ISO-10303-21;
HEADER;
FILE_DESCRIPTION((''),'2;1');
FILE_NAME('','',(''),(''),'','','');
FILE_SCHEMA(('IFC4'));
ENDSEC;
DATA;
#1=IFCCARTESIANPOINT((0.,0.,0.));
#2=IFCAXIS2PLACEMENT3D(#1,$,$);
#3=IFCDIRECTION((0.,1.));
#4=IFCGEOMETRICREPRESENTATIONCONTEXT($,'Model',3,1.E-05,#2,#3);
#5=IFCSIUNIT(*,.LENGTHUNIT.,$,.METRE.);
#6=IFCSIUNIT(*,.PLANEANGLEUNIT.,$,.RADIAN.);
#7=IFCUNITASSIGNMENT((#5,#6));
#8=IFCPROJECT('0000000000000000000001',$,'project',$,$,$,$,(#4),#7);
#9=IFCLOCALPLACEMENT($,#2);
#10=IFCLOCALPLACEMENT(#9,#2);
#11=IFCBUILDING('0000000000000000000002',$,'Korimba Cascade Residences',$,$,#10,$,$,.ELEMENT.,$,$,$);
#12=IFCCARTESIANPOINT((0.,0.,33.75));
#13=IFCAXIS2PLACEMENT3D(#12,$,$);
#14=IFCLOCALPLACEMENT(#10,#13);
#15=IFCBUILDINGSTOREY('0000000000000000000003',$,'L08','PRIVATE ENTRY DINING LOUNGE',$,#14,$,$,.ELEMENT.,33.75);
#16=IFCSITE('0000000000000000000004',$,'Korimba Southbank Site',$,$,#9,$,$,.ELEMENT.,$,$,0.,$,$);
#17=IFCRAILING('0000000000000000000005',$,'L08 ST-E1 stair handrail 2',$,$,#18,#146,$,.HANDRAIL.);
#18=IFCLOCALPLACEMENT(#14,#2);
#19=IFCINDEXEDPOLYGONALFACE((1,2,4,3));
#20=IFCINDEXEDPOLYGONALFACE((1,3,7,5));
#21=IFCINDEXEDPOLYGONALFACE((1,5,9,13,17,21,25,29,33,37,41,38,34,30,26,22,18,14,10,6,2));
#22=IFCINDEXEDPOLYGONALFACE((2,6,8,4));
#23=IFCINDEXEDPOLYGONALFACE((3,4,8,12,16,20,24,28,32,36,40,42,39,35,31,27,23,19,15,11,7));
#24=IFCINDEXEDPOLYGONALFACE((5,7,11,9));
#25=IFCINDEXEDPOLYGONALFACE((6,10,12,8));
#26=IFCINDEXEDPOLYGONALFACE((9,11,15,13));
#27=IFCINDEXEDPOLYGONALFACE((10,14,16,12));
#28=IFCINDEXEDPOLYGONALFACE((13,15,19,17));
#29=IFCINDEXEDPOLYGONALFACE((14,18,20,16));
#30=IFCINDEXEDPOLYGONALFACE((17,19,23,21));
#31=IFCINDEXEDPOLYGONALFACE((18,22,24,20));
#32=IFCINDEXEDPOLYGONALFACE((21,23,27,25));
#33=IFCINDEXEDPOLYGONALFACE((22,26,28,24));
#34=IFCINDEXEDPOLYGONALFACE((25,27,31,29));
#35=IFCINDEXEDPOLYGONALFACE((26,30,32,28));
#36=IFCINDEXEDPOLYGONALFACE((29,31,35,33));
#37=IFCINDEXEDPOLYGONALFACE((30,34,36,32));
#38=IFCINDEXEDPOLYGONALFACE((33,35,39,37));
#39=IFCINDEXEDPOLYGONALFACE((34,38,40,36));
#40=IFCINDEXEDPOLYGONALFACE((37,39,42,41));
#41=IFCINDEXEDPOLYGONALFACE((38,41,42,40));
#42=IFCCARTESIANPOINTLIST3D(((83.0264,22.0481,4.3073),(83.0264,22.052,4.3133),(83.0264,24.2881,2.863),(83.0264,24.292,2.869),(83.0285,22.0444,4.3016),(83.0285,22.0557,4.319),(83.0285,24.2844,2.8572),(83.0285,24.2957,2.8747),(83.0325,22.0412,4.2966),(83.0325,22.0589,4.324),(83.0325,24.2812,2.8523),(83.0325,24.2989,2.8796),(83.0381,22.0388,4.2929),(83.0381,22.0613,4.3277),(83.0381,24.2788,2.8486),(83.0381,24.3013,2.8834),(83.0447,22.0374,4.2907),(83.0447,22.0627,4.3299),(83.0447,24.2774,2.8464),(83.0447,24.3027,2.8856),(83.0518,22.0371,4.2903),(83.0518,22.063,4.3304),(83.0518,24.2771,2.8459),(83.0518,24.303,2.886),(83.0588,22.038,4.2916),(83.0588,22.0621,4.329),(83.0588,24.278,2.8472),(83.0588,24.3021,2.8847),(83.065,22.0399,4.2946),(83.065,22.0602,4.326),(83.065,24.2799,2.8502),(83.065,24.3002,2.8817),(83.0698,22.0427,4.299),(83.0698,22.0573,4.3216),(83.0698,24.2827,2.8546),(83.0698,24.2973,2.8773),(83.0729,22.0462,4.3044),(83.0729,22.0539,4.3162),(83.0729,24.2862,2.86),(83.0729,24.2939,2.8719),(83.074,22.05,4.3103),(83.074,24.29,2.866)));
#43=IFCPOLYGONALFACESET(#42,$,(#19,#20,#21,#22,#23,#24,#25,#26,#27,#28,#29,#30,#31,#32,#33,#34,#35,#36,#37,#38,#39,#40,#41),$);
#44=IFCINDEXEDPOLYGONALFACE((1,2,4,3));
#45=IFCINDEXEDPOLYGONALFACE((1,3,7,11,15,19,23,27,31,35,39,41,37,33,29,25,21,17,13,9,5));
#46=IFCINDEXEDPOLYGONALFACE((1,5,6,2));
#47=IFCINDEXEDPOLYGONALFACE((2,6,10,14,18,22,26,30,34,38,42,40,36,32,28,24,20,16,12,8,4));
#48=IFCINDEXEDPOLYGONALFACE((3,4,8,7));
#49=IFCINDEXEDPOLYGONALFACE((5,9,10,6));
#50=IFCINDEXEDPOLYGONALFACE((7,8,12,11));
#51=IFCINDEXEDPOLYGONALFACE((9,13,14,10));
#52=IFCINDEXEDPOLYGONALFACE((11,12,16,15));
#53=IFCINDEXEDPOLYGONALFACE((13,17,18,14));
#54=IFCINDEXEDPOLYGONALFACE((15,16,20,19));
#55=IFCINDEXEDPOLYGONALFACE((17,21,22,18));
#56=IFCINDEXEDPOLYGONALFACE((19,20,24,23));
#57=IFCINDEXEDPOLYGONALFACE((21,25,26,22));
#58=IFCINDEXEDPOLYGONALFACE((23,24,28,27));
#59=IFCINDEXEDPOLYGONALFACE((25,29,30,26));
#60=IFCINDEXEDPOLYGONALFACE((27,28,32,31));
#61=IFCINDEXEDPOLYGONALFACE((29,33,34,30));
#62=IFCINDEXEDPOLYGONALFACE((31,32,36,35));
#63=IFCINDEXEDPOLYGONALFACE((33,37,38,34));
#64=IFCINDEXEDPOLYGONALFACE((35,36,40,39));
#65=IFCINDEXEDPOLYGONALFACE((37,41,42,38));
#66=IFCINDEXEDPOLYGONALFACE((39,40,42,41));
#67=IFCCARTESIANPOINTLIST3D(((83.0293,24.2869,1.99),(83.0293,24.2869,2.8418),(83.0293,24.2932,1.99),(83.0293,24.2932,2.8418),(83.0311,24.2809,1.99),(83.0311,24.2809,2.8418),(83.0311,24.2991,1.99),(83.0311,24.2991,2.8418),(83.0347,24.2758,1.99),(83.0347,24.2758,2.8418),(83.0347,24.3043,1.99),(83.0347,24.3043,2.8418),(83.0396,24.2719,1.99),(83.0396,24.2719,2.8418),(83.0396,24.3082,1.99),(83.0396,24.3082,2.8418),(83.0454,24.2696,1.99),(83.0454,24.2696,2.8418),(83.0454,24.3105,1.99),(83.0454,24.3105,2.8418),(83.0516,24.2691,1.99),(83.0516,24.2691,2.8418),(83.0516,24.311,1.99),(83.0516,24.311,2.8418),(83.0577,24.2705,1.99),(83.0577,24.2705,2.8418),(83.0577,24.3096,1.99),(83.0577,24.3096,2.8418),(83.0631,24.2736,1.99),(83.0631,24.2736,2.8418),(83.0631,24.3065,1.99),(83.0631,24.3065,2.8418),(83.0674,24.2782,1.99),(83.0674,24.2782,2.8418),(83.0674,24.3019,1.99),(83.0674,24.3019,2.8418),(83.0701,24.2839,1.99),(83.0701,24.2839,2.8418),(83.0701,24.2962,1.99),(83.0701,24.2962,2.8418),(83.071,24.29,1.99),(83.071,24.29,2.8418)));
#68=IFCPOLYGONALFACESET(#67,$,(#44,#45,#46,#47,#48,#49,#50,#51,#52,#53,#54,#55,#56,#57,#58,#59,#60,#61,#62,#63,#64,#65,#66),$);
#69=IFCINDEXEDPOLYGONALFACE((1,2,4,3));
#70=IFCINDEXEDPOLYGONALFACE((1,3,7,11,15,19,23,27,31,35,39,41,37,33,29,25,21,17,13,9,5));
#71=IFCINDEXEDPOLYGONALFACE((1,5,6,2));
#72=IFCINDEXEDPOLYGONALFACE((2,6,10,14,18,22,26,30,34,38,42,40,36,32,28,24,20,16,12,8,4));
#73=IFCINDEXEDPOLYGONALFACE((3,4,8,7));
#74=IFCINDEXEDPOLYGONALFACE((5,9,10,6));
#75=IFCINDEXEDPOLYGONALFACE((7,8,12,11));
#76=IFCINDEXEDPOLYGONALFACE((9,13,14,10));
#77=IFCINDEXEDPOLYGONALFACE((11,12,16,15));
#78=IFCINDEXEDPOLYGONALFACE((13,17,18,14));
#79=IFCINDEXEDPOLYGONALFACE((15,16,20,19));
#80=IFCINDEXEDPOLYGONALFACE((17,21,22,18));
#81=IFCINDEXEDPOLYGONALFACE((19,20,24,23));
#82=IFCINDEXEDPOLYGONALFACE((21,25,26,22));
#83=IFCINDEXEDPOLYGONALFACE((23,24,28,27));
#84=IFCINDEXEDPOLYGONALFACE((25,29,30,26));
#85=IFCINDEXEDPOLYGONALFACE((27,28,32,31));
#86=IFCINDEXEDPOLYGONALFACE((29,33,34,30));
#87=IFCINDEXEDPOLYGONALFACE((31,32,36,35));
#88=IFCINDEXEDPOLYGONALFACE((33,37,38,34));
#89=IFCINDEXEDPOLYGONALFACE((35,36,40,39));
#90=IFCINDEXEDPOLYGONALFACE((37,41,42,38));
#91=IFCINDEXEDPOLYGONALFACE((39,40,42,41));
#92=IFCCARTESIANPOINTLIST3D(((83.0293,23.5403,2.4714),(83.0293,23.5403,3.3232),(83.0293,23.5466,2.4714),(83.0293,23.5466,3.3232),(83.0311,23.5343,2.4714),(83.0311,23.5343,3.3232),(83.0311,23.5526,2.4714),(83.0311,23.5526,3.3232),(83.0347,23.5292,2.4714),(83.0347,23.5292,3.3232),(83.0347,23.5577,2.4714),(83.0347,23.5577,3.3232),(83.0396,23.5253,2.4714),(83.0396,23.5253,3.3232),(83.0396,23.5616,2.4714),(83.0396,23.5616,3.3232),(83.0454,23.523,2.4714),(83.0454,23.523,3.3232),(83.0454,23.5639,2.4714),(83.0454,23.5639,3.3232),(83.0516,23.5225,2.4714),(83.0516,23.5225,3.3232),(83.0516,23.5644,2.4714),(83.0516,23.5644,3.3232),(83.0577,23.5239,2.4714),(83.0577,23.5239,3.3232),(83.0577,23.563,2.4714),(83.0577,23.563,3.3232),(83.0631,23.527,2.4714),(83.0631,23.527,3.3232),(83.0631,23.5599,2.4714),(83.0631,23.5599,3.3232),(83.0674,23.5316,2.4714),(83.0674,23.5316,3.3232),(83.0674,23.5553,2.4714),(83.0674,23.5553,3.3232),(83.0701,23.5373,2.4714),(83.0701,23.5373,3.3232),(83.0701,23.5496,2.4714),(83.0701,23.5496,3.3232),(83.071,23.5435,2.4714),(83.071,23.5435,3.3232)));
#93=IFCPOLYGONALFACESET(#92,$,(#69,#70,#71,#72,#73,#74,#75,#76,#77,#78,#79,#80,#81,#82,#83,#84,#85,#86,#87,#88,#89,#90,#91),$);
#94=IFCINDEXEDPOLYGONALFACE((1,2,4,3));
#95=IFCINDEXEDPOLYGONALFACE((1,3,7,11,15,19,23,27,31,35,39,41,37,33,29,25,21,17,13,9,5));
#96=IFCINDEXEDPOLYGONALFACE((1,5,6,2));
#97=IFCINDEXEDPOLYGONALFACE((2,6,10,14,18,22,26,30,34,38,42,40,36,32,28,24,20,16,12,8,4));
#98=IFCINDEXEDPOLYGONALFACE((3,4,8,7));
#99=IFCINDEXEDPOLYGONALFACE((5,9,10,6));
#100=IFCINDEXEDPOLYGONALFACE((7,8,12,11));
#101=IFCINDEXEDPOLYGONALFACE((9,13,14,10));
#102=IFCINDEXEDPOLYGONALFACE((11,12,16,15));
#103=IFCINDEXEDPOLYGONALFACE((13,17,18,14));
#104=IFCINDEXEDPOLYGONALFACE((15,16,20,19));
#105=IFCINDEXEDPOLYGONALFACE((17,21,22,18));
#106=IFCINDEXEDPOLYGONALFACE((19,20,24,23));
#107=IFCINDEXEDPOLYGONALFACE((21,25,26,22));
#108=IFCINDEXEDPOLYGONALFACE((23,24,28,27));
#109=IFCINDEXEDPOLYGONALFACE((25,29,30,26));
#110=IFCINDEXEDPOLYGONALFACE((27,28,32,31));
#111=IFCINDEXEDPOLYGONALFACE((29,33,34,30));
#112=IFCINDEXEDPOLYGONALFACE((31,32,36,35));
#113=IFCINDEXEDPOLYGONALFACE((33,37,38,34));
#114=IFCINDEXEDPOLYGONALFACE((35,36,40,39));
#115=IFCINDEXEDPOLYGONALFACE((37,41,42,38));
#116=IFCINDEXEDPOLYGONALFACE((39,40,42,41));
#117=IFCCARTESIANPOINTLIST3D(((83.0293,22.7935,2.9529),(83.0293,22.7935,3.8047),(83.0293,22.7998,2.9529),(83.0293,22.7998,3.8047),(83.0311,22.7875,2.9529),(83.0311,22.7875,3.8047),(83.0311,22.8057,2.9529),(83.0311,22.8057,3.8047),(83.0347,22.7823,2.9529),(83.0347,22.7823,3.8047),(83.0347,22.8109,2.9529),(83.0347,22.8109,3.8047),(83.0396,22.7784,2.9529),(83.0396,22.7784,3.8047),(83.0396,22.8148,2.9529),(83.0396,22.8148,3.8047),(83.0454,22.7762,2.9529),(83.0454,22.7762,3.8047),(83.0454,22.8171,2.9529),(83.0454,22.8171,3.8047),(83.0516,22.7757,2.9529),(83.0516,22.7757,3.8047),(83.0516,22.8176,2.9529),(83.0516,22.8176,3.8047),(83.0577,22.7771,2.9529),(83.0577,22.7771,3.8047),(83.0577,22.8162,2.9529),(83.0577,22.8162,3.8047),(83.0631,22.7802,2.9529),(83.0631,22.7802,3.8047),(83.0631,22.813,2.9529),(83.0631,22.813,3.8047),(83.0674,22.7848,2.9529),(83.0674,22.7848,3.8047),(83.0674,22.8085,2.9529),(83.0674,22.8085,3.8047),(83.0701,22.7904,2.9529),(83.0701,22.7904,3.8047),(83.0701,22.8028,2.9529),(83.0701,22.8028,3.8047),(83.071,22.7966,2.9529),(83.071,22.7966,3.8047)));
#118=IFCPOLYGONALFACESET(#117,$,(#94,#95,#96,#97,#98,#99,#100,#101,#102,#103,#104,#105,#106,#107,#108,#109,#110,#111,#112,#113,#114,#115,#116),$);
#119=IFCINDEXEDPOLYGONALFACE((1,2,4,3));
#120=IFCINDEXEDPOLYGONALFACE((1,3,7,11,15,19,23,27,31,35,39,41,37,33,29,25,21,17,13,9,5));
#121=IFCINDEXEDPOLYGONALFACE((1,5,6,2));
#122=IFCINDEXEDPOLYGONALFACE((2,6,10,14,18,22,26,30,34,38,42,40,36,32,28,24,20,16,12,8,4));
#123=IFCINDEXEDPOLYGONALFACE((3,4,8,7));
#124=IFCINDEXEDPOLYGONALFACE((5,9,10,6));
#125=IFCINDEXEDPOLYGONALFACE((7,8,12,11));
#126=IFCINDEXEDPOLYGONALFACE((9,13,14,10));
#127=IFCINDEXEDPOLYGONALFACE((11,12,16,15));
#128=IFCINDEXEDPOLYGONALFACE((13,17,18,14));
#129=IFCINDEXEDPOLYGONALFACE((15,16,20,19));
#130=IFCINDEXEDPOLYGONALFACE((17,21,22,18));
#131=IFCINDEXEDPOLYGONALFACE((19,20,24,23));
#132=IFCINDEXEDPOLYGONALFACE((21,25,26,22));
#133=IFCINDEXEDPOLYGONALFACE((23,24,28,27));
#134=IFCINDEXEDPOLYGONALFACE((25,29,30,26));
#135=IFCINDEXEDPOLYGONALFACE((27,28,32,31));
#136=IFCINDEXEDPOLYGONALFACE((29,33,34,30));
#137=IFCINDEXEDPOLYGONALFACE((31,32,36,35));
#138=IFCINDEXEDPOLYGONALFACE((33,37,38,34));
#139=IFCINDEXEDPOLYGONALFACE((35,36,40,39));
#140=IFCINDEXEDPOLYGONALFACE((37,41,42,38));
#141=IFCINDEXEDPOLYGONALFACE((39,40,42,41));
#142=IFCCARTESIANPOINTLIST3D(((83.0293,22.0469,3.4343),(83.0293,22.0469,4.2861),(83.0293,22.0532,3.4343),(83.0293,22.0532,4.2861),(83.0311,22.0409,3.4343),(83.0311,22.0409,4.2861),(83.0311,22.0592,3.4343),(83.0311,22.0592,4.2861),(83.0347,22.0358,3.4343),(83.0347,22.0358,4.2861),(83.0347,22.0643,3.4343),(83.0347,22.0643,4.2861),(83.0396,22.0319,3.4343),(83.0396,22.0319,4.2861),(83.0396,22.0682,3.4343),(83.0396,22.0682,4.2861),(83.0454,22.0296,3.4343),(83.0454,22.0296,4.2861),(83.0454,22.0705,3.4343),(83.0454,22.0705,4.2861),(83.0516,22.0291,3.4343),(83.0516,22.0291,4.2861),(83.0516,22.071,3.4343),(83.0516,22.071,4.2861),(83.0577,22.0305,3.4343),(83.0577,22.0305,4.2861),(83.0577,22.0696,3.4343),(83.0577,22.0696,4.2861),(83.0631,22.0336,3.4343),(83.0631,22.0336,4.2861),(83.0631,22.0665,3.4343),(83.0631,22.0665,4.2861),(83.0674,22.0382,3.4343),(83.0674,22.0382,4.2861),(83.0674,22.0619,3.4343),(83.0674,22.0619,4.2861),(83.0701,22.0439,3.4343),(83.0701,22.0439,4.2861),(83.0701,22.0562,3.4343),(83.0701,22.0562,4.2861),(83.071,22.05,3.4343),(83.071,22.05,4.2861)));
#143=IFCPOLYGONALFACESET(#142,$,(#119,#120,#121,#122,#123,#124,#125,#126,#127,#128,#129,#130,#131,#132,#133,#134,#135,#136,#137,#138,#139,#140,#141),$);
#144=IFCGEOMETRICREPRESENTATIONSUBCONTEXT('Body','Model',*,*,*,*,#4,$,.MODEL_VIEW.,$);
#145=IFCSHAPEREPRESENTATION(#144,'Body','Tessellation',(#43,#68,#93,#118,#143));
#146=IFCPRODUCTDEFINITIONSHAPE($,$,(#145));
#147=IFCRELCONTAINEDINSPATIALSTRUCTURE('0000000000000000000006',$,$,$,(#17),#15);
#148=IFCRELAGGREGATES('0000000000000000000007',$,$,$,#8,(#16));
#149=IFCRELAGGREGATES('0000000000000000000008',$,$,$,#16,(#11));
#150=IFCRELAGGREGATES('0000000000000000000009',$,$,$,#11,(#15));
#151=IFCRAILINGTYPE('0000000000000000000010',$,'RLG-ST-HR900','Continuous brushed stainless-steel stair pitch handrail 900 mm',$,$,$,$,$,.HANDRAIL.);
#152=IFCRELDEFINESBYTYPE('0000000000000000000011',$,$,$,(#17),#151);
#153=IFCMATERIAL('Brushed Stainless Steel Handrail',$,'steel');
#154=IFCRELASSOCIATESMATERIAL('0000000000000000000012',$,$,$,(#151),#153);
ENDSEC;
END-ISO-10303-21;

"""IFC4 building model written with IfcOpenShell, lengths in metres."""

from ifc_helpers import new_model, si_unit, direction, frame, origin, origin_2d, place, context, subcontext, project, spatial, circle, extrude, material, type_object, element, save


model = new_model("IFC4")

# Units and contexts
model_context = context("Model", 3, precision=1e-05, world=origin(), true_north=direction((0.0, 1.0)))
body_context = subcontext(model_context, "Body", "Model", "MODEL_VIEW")
ifc_project = project(units=[si_unit("LENGTHUNIT", "METRE"), si_unit("PLANEANGLEUNIT", "RADIAN")], contexts=[model_context])

# Site, building, storey
site_placement = place(None, origin())
site = spatial("IfcSite", under=ifc_project, at=site_placement, Name="Korimba Southbank Site", CompositionType="ELEMENT", RefElevation=0.0)
building_placement = place(site_placement, origin())
building = spatial("IfcBuilding", under=site, at=building_placement, Name="Korimba Cascade Residences", CompositionType="ELEMENT")
storey_placement = place(building_placement, frame((0.0, 0.0, 33.75)))
storey = spatial("IfcBuildingStorey", under=building, at=storey_placement, Name="L08", Description="PRIVATE ENTRY DINING LOUNGE", CompositionType="ELEMENT", Elevation=33.75)

# Railing
ifc_material_1 = material(Name="Brushed Stainless Steel Handrail", Category="steel")
railing_type_1 = type_object("IfcRailingType", Name="RLG-ST-HR900", Description="Continuous brushed stainless-steel stair pitch handrail 900 mm", PredefinedType="HANDRAIL", material=ifc_material_1)
railing_1_placement = place(storey_placement, frame((83.05, 24.29, 1.99)))
element("IfcRailing", 1, at=railing_1_placement, inside=storey, type_object=railing_type_1, Name="L08 ST-E1 stair handrail 2", PredefinedType="HANDRAIL", context=body_context, shape_type="SweptSolid", body=[
    extrude(circle(Radius=0.0239, at=origin_2d()), frame((0.0, 0.0, 0.876), z_axis=(0.0, -0.840437, 0.54191), x_axis=(1.0, 0.0, 0.0)), (0.0, 0.0, 1.0), 2.6653),
    extrude(circle(Radius=0.021, at=origin_2d()), origin(), (0.0, 0.0, 1.0), 0.8518),
    extrude(circle(Radius=0.021, at=origin_2d()), frame((0.0, -0.7466, 0.4814)), (0.0, 0.0, 1.0), 0.8518),
    extrude(circle(Radius=0.021, at=origin_2d()), frame((0.0, -1.4934, 0.9629)), (0.0, 0.0, 1.0), 0.8518),
    extrude(circle(Radius=0.021, at=origin_2d()), frame((0.0, -2.24, 1.4443)), (0.0, 0.0, 1.0), 0.8518),
])

save(model, "model.ifc")
